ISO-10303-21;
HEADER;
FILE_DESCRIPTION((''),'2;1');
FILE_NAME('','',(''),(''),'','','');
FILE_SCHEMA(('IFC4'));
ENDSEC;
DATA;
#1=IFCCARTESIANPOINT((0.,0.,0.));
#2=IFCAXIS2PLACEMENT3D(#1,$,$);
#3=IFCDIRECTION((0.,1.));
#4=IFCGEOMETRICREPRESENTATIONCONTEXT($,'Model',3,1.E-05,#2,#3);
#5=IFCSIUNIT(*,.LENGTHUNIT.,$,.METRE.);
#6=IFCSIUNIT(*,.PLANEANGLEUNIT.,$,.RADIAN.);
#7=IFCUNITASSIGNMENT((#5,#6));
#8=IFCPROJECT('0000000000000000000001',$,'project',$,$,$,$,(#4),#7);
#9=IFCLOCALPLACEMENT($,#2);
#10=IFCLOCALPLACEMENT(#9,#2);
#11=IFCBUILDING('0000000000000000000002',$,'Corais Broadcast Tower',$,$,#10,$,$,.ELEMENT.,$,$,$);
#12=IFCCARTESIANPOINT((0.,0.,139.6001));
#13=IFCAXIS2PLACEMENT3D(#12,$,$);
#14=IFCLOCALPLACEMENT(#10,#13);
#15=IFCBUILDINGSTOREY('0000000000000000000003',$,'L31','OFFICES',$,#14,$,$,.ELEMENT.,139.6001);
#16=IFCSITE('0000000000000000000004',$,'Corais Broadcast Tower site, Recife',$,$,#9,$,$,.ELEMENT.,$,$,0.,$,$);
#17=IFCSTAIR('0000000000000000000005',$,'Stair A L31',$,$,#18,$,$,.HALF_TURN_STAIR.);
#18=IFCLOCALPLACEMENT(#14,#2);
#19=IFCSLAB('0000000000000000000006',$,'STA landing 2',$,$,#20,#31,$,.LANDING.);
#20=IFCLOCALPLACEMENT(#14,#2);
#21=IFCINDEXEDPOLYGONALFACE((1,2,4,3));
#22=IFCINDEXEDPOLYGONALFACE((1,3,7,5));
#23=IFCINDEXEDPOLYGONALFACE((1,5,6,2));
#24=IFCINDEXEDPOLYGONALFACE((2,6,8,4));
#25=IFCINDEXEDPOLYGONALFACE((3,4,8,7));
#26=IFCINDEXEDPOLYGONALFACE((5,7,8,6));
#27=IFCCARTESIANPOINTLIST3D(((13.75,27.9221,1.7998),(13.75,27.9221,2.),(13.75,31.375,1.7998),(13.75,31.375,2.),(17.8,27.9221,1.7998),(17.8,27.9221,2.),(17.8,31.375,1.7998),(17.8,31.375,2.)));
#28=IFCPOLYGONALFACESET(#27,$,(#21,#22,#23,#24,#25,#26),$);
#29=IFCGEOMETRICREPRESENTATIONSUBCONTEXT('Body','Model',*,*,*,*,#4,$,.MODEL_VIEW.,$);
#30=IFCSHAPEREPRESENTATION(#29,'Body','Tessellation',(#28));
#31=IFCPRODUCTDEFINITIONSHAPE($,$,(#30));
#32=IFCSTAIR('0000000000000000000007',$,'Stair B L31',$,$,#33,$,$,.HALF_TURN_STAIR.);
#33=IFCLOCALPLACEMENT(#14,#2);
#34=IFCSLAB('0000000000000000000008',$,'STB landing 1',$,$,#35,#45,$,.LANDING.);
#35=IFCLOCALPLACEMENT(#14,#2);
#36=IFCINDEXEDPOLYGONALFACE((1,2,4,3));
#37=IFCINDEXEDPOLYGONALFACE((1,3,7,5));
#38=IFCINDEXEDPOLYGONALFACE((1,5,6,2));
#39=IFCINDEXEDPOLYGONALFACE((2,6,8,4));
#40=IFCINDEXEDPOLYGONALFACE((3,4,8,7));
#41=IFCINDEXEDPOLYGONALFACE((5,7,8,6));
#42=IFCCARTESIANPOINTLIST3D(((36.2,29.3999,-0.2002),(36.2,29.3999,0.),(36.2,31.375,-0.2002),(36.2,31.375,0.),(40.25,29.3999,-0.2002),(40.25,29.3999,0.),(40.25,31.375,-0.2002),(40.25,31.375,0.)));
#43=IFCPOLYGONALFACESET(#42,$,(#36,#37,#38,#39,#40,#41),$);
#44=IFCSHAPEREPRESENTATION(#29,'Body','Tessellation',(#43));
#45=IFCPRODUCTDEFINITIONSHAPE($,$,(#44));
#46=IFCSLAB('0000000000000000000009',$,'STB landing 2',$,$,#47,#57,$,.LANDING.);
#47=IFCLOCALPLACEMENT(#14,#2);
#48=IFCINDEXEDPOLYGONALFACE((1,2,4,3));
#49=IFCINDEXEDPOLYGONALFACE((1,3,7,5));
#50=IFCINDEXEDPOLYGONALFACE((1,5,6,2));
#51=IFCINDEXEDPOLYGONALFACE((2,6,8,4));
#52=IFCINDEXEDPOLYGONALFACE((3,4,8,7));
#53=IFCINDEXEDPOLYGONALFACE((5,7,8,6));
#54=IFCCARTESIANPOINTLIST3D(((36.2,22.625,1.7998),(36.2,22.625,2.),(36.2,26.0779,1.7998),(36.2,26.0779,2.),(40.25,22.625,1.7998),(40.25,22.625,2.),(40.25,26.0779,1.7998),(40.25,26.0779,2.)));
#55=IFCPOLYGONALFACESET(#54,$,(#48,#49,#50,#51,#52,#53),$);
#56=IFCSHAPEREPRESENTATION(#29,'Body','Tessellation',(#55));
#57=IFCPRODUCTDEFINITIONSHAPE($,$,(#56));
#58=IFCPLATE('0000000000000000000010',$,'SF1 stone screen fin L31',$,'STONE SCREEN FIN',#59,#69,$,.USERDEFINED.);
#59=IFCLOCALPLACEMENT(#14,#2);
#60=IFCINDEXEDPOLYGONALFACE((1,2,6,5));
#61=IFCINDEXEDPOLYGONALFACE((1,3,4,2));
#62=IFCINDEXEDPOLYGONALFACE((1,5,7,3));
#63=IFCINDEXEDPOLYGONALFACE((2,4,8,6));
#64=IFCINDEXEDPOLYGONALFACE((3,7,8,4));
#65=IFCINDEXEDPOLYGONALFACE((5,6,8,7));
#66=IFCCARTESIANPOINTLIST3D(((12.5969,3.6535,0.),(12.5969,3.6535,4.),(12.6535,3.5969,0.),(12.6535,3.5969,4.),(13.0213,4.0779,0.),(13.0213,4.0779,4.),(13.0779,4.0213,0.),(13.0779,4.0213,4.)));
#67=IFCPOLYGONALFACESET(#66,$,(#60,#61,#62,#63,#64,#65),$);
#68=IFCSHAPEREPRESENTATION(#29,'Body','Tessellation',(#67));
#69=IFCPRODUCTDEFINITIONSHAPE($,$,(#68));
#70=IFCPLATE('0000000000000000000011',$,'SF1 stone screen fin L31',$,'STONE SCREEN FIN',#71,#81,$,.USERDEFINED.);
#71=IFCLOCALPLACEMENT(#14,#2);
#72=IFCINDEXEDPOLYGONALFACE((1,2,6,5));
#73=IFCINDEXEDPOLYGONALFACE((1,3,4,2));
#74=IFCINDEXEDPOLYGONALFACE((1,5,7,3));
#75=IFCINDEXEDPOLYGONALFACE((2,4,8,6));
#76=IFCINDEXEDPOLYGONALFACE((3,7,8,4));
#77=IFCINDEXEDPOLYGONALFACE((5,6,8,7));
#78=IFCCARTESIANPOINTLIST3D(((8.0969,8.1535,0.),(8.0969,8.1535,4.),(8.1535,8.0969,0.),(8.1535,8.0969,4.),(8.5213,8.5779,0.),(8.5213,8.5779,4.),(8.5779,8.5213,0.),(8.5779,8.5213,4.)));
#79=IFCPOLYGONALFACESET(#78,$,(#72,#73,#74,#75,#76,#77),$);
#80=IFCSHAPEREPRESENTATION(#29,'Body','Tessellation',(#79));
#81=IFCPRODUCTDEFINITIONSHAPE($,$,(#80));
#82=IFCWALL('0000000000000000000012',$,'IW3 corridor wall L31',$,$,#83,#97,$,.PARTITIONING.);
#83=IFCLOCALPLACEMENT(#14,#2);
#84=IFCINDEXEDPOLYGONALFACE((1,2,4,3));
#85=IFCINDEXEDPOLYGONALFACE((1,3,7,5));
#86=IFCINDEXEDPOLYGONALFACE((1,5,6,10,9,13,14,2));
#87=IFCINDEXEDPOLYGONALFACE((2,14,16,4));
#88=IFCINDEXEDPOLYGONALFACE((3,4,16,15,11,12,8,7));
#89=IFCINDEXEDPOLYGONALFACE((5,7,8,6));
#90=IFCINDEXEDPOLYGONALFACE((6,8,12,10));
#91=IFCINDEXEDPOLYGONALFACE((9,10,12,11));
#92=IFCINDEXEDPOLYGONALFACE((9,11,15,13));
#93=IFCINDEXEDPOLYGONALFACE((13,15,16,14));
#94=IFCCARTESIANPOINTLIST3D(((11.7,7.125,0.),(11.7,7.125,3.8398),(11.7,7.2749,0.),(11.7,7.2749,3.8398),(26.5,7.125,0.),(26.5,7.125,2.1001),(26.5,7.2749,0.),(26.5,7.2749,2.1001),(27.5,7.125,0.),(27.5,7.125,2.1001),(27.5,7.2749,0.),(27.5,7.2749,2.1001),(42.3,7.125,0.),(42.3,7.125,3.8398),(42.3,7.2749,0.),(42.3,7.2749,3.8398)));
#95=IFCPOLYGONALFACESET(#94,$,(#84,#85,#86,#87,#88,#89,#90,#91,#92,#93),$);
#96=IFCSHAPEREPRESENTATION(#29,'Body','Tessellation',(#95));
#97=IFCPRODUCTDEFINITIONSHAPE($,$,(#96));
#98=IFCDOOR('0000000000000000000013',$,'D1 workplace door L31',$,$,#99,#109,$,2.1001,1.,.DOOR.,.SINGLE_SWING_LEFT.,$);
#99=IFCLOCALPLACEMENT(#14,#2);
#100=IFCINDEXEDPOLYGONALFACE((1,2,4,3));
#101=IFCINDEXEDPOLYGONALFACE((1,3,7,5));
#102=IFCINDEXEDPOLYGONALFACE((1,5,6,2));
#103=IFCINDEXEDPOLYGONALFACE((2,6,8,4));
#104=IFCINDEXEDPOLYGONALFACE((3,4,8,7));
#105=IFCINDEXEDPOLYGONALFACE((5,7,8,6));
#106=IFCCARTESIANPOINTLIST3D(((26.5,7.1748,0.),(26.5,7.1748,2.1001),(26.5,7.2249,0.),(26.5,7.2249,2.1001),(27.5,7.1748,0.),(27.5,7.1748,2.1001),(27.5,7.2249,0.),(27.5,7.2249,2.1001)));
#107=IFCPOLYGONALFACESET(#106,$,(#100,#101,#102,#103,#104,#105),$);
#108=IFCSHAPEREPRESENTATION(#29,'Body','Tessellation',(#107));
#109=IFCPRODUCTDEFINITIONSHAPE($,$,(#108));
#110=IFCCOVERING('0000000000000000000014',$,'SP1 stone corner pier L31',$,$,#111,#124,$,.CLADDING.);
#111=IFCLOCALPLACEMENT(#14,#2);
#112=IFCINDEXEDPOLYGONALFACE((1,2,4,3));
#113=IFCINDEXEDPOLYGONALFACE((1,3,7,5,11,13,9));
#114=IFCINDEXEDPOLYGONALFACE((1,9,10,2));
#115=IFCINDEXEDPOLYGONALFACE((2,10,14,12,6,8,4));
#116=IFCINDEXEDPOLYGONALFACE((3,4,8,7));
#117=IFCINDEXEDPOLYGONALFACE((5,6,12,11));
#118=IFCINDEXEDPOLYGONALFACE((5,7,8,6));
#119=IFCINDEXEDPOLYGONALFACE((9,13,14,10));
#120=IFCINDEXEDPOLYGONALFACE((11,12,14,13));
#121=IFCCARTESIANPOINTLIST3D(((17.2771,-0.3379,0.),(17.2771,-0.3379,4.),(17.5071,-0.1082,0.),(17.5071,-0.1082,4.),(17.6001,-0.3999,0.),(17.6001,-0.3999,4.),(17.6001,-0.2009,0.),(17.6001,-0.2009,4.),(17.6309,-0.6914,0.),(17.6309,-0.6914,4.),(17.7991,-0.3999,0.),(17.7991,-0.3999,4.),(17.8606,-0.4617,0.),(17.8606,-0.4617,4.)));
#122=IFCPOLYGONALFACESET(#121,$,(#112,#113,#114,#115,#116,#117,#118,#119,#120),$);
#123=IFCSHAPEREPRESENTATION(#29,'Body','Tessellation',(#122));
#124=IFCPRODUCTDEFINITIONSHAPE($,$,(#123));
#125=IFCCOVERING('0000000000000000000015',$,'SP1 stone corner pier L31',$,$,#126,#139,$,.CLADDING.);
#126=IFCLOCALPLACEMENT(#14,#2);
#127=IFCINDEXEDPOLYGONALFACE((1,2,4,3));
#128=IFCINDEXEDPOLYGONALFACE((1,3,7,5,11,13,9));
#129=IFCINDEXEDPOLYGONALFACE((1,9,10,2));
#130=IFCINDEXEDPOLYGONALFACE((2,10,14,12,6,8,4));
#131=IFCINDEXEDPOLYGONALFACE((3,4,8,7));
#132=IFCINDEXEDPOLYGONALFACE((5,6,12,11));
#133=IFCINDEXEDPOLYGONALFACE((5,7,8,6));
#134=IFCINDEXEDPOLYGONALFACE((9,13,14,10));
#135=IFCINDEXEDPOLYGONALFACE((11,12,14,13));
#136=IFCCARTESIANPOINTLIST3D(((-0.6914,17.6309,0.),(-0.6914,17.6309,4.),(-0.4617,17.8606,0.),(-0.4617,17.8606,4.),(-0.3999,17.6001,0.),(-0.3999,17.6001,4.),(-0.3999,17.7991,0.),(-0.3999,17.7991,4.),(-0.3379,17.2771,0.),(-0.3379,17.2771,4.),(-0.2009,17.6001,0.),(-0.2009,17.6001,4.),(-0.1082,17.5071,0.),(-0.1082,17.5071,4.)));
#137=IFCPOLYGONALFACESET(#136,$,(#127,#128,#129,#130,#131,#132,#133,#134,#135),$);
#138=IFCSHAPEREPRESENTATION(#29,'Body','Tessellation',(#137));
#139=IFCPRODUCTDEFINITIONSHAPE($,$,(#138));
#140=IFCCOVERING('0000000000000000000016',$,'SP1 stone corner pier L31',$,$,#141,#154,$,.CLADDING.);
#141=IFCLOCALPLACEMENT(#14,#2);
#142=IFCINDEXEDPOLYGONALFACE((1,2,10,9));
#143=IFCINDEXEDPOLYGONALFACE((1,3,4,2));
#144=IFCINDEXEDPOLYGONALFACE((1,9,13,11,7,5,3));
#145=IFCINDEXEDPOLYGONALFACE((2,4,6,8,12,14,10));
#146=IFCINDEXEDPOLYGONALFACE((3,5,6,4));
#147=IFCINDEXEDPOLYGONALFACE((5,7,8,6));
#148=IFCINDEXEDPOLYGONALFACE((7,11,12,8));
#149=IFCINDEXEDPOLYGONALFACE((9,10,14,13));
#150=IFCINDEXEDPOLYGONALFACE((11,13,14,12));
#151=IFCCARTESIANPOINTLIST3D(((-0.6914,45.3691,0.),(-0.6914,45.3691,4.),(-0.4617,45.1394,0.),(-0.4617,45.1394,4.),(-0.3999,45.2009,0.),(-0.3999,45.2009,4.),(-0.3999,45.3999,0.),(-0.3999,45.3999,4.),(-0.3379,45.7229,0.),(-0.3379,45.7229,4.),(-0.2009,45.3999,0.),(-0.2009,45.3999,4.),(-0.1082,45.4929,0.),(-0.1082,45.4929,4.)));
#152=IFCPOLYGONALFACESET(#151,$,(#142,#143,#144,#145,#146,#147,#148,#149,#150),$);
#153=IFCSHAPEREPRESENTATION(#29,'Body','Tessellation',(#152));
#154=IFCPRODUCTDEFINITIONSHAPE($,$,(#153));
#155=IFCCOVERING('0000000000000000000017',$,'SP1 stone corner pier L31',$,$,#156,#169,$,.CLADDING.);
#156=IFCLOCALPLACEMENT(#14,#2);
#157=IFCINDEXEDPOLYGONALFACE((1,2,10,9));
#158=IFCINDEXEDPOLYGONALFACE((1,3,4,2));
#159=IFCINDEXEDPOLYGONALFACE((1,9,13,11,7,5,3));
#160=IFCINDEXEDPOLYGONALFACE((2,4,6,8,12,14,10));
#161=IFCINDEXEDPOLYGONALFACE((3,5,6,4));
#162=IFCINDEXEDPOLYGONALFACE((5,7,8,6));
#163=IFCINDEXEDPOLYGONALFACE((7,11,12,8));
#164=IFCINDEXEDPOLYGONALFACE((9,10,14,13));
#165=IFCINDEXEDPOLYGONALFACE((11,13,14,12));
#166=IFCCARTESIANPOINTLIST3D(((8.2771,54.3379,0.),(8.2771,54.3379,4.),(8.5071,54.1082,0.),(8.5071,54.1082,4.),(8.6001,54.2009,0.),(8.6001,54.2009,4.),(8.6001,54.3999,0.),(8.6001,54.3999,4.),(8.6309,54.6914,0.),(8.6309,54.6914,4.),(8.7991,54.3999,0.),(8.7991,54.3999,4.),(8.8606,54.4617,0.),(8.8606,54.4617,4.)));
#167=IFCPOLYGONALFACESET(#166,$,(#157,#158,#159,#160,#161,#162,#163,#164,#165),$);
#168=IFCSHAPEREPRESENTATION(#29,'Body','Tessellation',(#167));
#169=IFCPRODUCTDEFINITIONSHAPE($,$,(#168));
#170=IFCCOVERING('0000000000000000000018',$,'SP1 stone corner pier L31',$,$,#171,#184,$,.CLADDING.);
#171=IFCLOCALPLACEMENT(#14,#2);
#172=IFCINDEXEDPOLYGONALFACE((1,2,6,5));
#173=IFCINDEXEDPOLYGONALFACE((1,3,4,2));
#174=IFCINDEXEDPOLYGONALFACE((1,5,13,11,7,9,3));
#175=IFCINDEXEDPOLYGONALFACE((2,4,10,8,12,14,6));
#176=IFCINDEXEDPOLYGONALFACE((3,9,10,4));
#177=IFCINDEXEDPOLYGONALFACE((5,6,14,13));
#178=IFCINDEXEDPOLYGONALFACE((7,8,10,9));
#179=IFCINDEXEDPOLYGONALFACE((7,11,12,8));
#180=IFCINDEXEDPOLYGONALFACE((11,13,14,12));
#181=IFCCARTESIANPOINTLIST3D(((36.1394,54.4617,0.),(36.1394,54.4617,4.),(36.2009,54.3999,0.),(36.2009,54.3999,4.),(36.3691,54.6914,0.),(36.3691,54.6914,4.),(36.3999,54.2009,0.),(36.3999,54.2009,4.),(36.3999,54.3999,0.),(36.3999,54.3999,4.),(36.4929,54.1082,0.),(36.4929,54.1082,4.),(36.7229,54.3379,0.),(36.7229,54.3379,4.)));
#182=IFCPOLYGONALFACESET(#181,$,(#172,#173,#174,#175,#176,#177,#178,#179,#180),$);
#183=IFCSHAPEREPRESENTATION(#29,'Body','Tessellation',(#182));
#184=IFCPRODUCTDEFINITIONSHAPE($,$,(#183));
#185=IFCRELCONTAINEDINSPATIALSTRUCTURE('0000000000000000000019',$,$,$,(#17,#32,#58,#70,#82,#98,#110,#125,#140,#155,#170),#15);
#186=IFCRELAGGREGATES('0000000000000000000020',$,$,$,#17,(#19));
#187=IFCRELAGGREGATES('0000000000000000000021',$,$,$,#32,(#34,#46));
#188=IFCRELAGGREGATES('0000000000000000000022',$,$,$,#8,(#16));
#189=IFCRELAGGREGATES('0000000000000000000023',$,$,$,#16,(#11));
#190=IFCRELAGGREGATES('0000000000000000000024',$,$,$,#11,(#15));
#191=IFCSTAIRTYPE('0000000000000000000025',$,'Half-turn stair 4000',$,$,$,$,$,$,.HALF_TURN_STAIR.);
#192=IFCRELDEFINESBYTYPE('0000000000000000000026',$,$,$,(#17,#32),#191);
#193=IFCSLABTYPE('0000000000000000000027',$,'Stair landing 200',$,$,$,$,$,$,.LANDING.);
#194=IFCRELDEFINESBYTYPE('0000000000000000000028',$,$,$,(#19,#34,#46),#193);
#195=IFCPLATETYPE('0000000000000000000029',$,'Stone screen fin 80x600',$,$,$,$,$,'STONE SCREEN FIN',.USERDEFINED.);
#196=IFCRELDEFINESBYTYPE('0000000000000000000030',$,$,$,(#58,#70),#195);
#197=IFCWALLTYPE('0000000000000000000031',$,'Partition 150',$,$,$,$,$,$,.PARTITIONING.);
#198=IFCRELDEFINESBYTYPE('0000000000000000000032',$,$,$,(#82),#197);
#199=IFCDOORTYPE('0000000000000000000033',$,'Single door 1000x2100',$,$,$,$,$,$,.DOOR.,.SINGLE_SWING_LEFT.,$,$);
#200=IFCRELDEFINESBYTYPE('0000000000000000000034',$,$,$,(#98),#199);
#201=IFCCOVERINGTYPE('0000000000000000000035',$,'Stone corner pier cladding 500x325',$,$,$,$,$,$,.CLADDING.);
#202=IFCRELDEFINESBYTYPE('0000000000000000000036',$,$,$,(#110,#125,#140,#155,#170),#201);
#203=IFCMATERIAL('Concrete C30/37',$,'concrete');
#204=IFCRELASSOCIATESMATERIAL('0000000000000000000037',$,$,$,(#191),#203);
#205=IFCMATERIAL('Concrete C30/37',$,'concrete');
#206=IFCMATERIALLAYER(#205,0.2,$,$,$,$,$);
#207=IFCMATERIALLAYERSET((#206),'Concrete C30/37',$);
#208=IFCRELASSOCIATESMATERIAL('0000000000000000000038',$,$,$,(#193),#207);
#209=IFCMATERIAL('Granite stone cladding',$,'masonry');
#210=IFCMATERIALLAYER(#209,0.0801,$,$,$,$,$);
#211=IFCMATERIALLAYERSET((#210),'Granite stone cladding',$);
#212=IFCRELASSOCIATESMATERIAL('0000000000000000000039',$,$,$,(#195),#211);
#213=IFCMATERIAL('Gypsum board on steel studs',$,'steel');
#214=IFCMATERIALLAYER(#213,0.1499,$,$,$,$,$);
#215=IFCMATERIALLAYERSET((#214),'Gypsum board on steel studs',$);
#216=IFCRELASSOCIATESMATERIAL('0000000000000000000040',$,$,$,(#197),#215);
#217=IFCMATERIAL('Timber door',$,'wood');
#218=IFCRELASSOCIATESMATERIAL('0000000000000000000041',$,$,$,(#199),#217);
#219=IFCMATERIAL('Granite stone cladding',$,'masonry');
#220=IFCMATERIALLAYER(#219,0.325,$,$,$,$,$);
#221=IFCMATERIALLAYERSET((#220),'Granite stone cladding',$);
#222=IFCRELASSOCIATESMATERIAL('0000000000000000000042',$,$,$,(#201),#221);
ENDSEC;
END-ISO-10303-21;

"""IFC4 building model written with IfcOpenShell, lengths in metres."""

from ifc_helpers import new_model, si_unit, direction, frame, frame_2d, origin, origin_2d, place, context, subcontext, project, spatial, polyline, rectangle, outline, extrude, material, layer, layer_set, type_object, element, fill, aggregate, save


model = new_model("IFC4")

# Units and contexts
model_context = context("Model", 3, precision=1e-05, world=origin(), true_north=direction((0.0, 1.0)))
body_context = subcontext(model_context, "Body", "Model", "MODEL_VIEW")
ifc_project = project(units=[si_unit("LENGTHUNIT", "METRE"), si_unit("PLANEANGLEUNIT", "RADIAN")], contexts=[model_context])

# Site, building, storey
site_placement = place(None, origin())
site = spatial("IfcSite", under=ifc_project, at=site_placement, Name="Corais Broadcast Tower site, Recife", CompositionType="ELEMENT", RefElevation=0.0)
building_placement = place(site_placement, origin())
building = spatial("IfcBuilding", under=site, at=building_placement, Name="Corais Broadcast Tower", CompositionType="ELEMENT")
storey_placement = place(building_placement, frame((0.0, 0.0, 139.6001)))
storey = spatial("IfcBuildingStorey", under=building, at=storey_placement, Name="L31", Description="OFFICES", CompositionType="ELEMENT", Elevation=139.6001)

# Stairs, slabs
ifc_material_1 = material(Name="Concrete C30/37", Category="concrete")
stair_type = type_object("IfcStairType", Name="Half-turn stair 4000", PredefinedType="HALF_TURN_STAIR", material=ifc_material_1)
stair_1_placement = place(storey_placement, origin())
stair_1 = element("IfcStair", 1, at=stair_1_placement, inside=storey, type_object=stair_type, Name="Stair A L31", PredefinedType="HALF_TURN_STAIR")
ifc_material_2 = material(Name="Concrete C30/37", Category="concrete")
ifc_layer_1 = layer(ifc_material_2, 0.2)
ifc_layer_set_1 = layer_set([ifc_layer_1], Name="Concrete C30/37")
slab_type_1 = type_object("IfcSlabType", Name="Stair landing 200", PredefinedType="LANDING", material=ifc_layer_set_1)
slab_1_placement = place(storey_placement, frame((0.0, 0.0, 1.7998)))
slab_1 = element("IfcSlab", 2, at=slab_1_placement, type_object=slab_type_1, Name="STA landing 2", PredefinedType="LANDING", context=body_context, shape_type="SweptSolid", body=[
    extrude(outline(polyline([(13.75, 27.9221), (17.8, 27.9221), (17.8, 31.375), (13.75, 31.375), (13.75, 27.9221)])), origin(), (0.0, 0.0, 1.0), 0.2002),
])
aggregate(stair_1, [slab_1])
stair_2_placement = place(storey_placement, origin())
stair_2 = element("IfcStair", 3, at=stair_2_placement, inside=storey, type_object=stair_type, Name="Stair B L31", PredefinedType="HALF_TURN_STAIR")
slab_2_placement = place(storey_placement, frame((0.0, 0.0, -0.2002)))
slab_2 = element("IfcSlab", 4, at=slab_2_placement, type_object=slab_type_1, Name="STB landing 1", PredefinedType="LANDING", context=body_context, shape_type="SweptSolid", body=[
    extrude(outline(polyline([(36.2, 29.3999), (40.25, 29.3999), (40.25, 31.375), (36.2, 31.375), (36.2, 29.3999)])), origin(), (0.0, 0.0, 1.0), 0.2002),
])
slab_3_placement = place(storey_placement, frame((0.0, 0.0, 1.7998)))
slab_3 = element("IfcSlab", 5, at=slab_3_placement, type_object=slab_type_1, Name="STB landing 2", PredefinedType="LANDING", context=body_context, shape_type="SweptSolid", body=[
    extrude(outline(polyline([(36.2, 22.625), (40.25, 22.625), (40.25, 26.0779), (36.2, 26.0779), (36.2, 22.625)])), origin(), (0.0, 0.0, 1.0), 0.2002),
])
aggregate(stair_2, [slab_2, slab_3])

# Plates
ifc_material_3 = material(Name="Granite stone cladding", Category="masonry")
ifc_layer_2 = layer(ifc_material_3, 0.0801)
ifc_layer_set_2 = layer_set([ifc_layer_2], Name="Granite stone cladding")
plate_type_1 = type_object("IfcPlateType", Name="Stone screen fin 80x600", ElementType="STONE SCREEN FIN", PredefinedType="USERDEFINED", material=ifc_layer_set_2)
for number, where, z_axis, x_axis, name in (
    (6, (12.8374, 3.8374, 0.0), (0.0, 0.0, 1.0), (-0.707107, 0.707107, 0.0), "SF1 stone screen fin L31"),
    (7, (8.3374, 8.3374, 0.0), (0.0, 0.0, 1.0), (-0.707107, 0.707107, 0.0), "SF1 stone screen fin L31"),
):
    element("IfcPlate", number, at=place(storey_placement, frame(where, z_axis=z_axis, x_axis=x_axis)), inside=storey, type_object=plate_type_1, Name=name, ObjectType="STONE SCREEN FIN", PredefinedType="USERDEFINED", context=body_context, shape_type="SweptSolid", body=[
        extrude(rectangle(XDim=0.0801, YDim=0.6001, at=origin_2d()), origin(), (0.0, 0.0, 1.0), 4.0),
    ])

# Wall, opening, door
ifc_material_4 = material(Name="Gypsum board on steel studs", Category="steel")
ifc_layer_3 = layer(ifc_material_4, 0.1499)
ifc_layer_set_3 = layer_set([ifc_layer_3], Name="Gypsum board on steel studs")
wall_type = type_object("IfcWallType", Name="Partition 150", PredefinedType="PARTITIONING", material=ifc_layer_set_3)
wall_placement = place(storey_placement, frame((11.7, 7.2, 0.0), z_axis=(0.0, 0.0, 1.0), x_axis=(1.0, 0.0, 0.0)))
wall = element("IfcWall", 8, at=wall_placement, inside=storey, type_object=wall_type, Name="IW3 corridor wall L31", PredefinedType="PARTITIONING", context=body_context, shape_type="SweptSolid", body=[
    extrude(rectangle(XDim=30.6001, YDim=0.1499, at=frame_2d((15.3, 0.0))), origin(), (0.0, 0.0, 1.0), 3.8398),
])
opening_placement = place(wall_placement, frame((14.8, 0.0, 0.0)))
opening = element("IfcOpeningElement", 9, at=opening_placement, cuts=wall, PredefinedType="OPENING", context=body_context, shape_type="SweptSolid", body=[
    extrude(rectangle(XDim=1.0, YDim=2.1001, at=frame_2d((0.5, 1.05))), frame((0.0, 0.085, 0.0), z_axis=(0.0, -1.0, 0.0), x_axis=(1.0, 0.0, 0.0)), (0.0, 0.0, 1.0), 0.1699),
])
ifc_material_5 = material(Name="Timber door", Category="wood")
door_type = type_object("IfcDoorType", Name="Single door 1000x2100", OperationType="SINGLE_SWING_LEFT", PredefinedType="DOOR", material=ifc_material_5)
door_placement = place(opening_placement, origin())
door = element("IfcDoor", 10, at=door_placement, inside=storey, type_object=door_type, Name="D1 workplace door L31", OperationType="SINGLE_SWING_LEFT", OverallHeight=2.1001, OverallWidth=1.0, PredefinedType="DOOR", context=body_context, shape_type="SweptSolid", body=[
    extrude(rectangle(XDim=1.0, YDim=2.1001, at=frame_2d((0.5, 1.05))), frame((0.0, 0.0249, 0.0), z_axis=(0.0, -1.0, 0.0), x_axis=(1.0, 0.0, 0.0)), (0.0, 0.0, 1.0), 0.05),
])
fill(opening, door)

# Coverings
ifc_material_6 = material(Name="Granite stone cladding", Category="masonry")
ifc_layer_4 = layer(ifc_material_6, 0.325)
ifc_layer_set_4 = layer_set([ifc_layer_4], Name="Granite stone cladding")
covering_type_1 = type_object("IfcCoveringType", Name="Stone corner pier cladding 500x325", PredefinedType="CLADDING", material=ifc_layer_set_4)
covering_1_placement = place(storey_placement, origin())
element("IfcCovering", 11, at=covering_1_placement, inside=storey, type_object=covering_type_1, Name="SP1 stone corner pier L31", PredefinedType="CLADDING", context=body_context, shape_type="SweptSolid", body=[
    extrude(outline(polyline([(17.8606, -0.4617), (17.7991, -0.3999), (17.6001, -0.3999), (17.6001, -0.2009), (17.5071, -0.1082), (17.2771, -0.3379), (17.6309, -0.6914), (17.8606, -0.4617)])), origin(), (0.0, 0.0, 1.0), 4.0),
])
covering_2_placement = place(storey_placement, origin())
element("IfcCovering", 12, at=covering_2_placement, inside=storey, type_object=covering_type_1, Name="SP1 stone corner pier L31", PredefinedType="CLADDING", context=body_context, shape_type="SweptSolid", body=[
    extrude(outline(polyline([(-0.3999, 17.7991), (-0.4617, 17.8606), (-0.6914, 17.6309), (-0.3379, 17.2771), (-0.1082, 17.5071), (-0.2009, 17.6001), (-0.3999, 17.6001), (-0.3999, 17.7991)])), origin(), (0.0, 0.0, 1.0), 4.0),
])
covering_3_placement = place(storey_placement, origin())
element("IfcCovering", 13, at=covering_3_placement, inside=storey, type_object=covering_type_1, Name="SP1 stone corner pier L31", PredefinedType="CLADDING", context=body_context, shape_type="SweptSolid", body=[
    extrude(outline(polyline([(-0.4617, 45.1394), (-0.3999, 45.2009), (-0.3999, 45.3999), (-0.2009, 45.3999), (-0.1082, 45.4929), (-0.3379, 45.7229), (-0.6914, 45.3691), (-0.4617, 45.1394)])), origin(), (0.0, 0.0, 1.0), 4.0),
])
covering_4_placement = place(storey_placement, origin())
element("IfcCovering", 14, at=covering_4_placement, inside=storey, type_object=covering_type_1, Name="SP1 stone corner pier L31", PredefinedType="CLADDING", context=body_context, shape_type="SweptSolid", body=[
    extrude(outline(polyline([(8.7991, 54.3999), (8.8606, 54.4617), (8.6309, 54.6914), (8.2771, 54.3379), (8.5071, 54.1082), (8.6001, 54.2009), (8.6001, 54.3999), (8.7991, 54.3999)])), origin(), (0.0, 0.0, 1.0), 4.0),
])
covering_5_placement = place(storey_placement, origin())
element("IfcCovering", 15, at=covering_5_placement, inside=storey, type_object=covering_type_1, Name="SP1 stone corner pier L31", PredefinedType="CLADDING", context=body_context, shape_type="SweptSolid", body=[
    extrude(outline(polyline([(36.1394, 54.4617), (36.2009, 54.3999), (36.3999, 54.3999), (36.3999, 54.2009), (36.4929, 54.1082), (36.7229, 54.3379), (36.3691, 54.6914), (36.1394, 54.4617)])), origin(), (0.0, 0.0, 1.0), 4.0),
])

save(model, "model.ifc")
